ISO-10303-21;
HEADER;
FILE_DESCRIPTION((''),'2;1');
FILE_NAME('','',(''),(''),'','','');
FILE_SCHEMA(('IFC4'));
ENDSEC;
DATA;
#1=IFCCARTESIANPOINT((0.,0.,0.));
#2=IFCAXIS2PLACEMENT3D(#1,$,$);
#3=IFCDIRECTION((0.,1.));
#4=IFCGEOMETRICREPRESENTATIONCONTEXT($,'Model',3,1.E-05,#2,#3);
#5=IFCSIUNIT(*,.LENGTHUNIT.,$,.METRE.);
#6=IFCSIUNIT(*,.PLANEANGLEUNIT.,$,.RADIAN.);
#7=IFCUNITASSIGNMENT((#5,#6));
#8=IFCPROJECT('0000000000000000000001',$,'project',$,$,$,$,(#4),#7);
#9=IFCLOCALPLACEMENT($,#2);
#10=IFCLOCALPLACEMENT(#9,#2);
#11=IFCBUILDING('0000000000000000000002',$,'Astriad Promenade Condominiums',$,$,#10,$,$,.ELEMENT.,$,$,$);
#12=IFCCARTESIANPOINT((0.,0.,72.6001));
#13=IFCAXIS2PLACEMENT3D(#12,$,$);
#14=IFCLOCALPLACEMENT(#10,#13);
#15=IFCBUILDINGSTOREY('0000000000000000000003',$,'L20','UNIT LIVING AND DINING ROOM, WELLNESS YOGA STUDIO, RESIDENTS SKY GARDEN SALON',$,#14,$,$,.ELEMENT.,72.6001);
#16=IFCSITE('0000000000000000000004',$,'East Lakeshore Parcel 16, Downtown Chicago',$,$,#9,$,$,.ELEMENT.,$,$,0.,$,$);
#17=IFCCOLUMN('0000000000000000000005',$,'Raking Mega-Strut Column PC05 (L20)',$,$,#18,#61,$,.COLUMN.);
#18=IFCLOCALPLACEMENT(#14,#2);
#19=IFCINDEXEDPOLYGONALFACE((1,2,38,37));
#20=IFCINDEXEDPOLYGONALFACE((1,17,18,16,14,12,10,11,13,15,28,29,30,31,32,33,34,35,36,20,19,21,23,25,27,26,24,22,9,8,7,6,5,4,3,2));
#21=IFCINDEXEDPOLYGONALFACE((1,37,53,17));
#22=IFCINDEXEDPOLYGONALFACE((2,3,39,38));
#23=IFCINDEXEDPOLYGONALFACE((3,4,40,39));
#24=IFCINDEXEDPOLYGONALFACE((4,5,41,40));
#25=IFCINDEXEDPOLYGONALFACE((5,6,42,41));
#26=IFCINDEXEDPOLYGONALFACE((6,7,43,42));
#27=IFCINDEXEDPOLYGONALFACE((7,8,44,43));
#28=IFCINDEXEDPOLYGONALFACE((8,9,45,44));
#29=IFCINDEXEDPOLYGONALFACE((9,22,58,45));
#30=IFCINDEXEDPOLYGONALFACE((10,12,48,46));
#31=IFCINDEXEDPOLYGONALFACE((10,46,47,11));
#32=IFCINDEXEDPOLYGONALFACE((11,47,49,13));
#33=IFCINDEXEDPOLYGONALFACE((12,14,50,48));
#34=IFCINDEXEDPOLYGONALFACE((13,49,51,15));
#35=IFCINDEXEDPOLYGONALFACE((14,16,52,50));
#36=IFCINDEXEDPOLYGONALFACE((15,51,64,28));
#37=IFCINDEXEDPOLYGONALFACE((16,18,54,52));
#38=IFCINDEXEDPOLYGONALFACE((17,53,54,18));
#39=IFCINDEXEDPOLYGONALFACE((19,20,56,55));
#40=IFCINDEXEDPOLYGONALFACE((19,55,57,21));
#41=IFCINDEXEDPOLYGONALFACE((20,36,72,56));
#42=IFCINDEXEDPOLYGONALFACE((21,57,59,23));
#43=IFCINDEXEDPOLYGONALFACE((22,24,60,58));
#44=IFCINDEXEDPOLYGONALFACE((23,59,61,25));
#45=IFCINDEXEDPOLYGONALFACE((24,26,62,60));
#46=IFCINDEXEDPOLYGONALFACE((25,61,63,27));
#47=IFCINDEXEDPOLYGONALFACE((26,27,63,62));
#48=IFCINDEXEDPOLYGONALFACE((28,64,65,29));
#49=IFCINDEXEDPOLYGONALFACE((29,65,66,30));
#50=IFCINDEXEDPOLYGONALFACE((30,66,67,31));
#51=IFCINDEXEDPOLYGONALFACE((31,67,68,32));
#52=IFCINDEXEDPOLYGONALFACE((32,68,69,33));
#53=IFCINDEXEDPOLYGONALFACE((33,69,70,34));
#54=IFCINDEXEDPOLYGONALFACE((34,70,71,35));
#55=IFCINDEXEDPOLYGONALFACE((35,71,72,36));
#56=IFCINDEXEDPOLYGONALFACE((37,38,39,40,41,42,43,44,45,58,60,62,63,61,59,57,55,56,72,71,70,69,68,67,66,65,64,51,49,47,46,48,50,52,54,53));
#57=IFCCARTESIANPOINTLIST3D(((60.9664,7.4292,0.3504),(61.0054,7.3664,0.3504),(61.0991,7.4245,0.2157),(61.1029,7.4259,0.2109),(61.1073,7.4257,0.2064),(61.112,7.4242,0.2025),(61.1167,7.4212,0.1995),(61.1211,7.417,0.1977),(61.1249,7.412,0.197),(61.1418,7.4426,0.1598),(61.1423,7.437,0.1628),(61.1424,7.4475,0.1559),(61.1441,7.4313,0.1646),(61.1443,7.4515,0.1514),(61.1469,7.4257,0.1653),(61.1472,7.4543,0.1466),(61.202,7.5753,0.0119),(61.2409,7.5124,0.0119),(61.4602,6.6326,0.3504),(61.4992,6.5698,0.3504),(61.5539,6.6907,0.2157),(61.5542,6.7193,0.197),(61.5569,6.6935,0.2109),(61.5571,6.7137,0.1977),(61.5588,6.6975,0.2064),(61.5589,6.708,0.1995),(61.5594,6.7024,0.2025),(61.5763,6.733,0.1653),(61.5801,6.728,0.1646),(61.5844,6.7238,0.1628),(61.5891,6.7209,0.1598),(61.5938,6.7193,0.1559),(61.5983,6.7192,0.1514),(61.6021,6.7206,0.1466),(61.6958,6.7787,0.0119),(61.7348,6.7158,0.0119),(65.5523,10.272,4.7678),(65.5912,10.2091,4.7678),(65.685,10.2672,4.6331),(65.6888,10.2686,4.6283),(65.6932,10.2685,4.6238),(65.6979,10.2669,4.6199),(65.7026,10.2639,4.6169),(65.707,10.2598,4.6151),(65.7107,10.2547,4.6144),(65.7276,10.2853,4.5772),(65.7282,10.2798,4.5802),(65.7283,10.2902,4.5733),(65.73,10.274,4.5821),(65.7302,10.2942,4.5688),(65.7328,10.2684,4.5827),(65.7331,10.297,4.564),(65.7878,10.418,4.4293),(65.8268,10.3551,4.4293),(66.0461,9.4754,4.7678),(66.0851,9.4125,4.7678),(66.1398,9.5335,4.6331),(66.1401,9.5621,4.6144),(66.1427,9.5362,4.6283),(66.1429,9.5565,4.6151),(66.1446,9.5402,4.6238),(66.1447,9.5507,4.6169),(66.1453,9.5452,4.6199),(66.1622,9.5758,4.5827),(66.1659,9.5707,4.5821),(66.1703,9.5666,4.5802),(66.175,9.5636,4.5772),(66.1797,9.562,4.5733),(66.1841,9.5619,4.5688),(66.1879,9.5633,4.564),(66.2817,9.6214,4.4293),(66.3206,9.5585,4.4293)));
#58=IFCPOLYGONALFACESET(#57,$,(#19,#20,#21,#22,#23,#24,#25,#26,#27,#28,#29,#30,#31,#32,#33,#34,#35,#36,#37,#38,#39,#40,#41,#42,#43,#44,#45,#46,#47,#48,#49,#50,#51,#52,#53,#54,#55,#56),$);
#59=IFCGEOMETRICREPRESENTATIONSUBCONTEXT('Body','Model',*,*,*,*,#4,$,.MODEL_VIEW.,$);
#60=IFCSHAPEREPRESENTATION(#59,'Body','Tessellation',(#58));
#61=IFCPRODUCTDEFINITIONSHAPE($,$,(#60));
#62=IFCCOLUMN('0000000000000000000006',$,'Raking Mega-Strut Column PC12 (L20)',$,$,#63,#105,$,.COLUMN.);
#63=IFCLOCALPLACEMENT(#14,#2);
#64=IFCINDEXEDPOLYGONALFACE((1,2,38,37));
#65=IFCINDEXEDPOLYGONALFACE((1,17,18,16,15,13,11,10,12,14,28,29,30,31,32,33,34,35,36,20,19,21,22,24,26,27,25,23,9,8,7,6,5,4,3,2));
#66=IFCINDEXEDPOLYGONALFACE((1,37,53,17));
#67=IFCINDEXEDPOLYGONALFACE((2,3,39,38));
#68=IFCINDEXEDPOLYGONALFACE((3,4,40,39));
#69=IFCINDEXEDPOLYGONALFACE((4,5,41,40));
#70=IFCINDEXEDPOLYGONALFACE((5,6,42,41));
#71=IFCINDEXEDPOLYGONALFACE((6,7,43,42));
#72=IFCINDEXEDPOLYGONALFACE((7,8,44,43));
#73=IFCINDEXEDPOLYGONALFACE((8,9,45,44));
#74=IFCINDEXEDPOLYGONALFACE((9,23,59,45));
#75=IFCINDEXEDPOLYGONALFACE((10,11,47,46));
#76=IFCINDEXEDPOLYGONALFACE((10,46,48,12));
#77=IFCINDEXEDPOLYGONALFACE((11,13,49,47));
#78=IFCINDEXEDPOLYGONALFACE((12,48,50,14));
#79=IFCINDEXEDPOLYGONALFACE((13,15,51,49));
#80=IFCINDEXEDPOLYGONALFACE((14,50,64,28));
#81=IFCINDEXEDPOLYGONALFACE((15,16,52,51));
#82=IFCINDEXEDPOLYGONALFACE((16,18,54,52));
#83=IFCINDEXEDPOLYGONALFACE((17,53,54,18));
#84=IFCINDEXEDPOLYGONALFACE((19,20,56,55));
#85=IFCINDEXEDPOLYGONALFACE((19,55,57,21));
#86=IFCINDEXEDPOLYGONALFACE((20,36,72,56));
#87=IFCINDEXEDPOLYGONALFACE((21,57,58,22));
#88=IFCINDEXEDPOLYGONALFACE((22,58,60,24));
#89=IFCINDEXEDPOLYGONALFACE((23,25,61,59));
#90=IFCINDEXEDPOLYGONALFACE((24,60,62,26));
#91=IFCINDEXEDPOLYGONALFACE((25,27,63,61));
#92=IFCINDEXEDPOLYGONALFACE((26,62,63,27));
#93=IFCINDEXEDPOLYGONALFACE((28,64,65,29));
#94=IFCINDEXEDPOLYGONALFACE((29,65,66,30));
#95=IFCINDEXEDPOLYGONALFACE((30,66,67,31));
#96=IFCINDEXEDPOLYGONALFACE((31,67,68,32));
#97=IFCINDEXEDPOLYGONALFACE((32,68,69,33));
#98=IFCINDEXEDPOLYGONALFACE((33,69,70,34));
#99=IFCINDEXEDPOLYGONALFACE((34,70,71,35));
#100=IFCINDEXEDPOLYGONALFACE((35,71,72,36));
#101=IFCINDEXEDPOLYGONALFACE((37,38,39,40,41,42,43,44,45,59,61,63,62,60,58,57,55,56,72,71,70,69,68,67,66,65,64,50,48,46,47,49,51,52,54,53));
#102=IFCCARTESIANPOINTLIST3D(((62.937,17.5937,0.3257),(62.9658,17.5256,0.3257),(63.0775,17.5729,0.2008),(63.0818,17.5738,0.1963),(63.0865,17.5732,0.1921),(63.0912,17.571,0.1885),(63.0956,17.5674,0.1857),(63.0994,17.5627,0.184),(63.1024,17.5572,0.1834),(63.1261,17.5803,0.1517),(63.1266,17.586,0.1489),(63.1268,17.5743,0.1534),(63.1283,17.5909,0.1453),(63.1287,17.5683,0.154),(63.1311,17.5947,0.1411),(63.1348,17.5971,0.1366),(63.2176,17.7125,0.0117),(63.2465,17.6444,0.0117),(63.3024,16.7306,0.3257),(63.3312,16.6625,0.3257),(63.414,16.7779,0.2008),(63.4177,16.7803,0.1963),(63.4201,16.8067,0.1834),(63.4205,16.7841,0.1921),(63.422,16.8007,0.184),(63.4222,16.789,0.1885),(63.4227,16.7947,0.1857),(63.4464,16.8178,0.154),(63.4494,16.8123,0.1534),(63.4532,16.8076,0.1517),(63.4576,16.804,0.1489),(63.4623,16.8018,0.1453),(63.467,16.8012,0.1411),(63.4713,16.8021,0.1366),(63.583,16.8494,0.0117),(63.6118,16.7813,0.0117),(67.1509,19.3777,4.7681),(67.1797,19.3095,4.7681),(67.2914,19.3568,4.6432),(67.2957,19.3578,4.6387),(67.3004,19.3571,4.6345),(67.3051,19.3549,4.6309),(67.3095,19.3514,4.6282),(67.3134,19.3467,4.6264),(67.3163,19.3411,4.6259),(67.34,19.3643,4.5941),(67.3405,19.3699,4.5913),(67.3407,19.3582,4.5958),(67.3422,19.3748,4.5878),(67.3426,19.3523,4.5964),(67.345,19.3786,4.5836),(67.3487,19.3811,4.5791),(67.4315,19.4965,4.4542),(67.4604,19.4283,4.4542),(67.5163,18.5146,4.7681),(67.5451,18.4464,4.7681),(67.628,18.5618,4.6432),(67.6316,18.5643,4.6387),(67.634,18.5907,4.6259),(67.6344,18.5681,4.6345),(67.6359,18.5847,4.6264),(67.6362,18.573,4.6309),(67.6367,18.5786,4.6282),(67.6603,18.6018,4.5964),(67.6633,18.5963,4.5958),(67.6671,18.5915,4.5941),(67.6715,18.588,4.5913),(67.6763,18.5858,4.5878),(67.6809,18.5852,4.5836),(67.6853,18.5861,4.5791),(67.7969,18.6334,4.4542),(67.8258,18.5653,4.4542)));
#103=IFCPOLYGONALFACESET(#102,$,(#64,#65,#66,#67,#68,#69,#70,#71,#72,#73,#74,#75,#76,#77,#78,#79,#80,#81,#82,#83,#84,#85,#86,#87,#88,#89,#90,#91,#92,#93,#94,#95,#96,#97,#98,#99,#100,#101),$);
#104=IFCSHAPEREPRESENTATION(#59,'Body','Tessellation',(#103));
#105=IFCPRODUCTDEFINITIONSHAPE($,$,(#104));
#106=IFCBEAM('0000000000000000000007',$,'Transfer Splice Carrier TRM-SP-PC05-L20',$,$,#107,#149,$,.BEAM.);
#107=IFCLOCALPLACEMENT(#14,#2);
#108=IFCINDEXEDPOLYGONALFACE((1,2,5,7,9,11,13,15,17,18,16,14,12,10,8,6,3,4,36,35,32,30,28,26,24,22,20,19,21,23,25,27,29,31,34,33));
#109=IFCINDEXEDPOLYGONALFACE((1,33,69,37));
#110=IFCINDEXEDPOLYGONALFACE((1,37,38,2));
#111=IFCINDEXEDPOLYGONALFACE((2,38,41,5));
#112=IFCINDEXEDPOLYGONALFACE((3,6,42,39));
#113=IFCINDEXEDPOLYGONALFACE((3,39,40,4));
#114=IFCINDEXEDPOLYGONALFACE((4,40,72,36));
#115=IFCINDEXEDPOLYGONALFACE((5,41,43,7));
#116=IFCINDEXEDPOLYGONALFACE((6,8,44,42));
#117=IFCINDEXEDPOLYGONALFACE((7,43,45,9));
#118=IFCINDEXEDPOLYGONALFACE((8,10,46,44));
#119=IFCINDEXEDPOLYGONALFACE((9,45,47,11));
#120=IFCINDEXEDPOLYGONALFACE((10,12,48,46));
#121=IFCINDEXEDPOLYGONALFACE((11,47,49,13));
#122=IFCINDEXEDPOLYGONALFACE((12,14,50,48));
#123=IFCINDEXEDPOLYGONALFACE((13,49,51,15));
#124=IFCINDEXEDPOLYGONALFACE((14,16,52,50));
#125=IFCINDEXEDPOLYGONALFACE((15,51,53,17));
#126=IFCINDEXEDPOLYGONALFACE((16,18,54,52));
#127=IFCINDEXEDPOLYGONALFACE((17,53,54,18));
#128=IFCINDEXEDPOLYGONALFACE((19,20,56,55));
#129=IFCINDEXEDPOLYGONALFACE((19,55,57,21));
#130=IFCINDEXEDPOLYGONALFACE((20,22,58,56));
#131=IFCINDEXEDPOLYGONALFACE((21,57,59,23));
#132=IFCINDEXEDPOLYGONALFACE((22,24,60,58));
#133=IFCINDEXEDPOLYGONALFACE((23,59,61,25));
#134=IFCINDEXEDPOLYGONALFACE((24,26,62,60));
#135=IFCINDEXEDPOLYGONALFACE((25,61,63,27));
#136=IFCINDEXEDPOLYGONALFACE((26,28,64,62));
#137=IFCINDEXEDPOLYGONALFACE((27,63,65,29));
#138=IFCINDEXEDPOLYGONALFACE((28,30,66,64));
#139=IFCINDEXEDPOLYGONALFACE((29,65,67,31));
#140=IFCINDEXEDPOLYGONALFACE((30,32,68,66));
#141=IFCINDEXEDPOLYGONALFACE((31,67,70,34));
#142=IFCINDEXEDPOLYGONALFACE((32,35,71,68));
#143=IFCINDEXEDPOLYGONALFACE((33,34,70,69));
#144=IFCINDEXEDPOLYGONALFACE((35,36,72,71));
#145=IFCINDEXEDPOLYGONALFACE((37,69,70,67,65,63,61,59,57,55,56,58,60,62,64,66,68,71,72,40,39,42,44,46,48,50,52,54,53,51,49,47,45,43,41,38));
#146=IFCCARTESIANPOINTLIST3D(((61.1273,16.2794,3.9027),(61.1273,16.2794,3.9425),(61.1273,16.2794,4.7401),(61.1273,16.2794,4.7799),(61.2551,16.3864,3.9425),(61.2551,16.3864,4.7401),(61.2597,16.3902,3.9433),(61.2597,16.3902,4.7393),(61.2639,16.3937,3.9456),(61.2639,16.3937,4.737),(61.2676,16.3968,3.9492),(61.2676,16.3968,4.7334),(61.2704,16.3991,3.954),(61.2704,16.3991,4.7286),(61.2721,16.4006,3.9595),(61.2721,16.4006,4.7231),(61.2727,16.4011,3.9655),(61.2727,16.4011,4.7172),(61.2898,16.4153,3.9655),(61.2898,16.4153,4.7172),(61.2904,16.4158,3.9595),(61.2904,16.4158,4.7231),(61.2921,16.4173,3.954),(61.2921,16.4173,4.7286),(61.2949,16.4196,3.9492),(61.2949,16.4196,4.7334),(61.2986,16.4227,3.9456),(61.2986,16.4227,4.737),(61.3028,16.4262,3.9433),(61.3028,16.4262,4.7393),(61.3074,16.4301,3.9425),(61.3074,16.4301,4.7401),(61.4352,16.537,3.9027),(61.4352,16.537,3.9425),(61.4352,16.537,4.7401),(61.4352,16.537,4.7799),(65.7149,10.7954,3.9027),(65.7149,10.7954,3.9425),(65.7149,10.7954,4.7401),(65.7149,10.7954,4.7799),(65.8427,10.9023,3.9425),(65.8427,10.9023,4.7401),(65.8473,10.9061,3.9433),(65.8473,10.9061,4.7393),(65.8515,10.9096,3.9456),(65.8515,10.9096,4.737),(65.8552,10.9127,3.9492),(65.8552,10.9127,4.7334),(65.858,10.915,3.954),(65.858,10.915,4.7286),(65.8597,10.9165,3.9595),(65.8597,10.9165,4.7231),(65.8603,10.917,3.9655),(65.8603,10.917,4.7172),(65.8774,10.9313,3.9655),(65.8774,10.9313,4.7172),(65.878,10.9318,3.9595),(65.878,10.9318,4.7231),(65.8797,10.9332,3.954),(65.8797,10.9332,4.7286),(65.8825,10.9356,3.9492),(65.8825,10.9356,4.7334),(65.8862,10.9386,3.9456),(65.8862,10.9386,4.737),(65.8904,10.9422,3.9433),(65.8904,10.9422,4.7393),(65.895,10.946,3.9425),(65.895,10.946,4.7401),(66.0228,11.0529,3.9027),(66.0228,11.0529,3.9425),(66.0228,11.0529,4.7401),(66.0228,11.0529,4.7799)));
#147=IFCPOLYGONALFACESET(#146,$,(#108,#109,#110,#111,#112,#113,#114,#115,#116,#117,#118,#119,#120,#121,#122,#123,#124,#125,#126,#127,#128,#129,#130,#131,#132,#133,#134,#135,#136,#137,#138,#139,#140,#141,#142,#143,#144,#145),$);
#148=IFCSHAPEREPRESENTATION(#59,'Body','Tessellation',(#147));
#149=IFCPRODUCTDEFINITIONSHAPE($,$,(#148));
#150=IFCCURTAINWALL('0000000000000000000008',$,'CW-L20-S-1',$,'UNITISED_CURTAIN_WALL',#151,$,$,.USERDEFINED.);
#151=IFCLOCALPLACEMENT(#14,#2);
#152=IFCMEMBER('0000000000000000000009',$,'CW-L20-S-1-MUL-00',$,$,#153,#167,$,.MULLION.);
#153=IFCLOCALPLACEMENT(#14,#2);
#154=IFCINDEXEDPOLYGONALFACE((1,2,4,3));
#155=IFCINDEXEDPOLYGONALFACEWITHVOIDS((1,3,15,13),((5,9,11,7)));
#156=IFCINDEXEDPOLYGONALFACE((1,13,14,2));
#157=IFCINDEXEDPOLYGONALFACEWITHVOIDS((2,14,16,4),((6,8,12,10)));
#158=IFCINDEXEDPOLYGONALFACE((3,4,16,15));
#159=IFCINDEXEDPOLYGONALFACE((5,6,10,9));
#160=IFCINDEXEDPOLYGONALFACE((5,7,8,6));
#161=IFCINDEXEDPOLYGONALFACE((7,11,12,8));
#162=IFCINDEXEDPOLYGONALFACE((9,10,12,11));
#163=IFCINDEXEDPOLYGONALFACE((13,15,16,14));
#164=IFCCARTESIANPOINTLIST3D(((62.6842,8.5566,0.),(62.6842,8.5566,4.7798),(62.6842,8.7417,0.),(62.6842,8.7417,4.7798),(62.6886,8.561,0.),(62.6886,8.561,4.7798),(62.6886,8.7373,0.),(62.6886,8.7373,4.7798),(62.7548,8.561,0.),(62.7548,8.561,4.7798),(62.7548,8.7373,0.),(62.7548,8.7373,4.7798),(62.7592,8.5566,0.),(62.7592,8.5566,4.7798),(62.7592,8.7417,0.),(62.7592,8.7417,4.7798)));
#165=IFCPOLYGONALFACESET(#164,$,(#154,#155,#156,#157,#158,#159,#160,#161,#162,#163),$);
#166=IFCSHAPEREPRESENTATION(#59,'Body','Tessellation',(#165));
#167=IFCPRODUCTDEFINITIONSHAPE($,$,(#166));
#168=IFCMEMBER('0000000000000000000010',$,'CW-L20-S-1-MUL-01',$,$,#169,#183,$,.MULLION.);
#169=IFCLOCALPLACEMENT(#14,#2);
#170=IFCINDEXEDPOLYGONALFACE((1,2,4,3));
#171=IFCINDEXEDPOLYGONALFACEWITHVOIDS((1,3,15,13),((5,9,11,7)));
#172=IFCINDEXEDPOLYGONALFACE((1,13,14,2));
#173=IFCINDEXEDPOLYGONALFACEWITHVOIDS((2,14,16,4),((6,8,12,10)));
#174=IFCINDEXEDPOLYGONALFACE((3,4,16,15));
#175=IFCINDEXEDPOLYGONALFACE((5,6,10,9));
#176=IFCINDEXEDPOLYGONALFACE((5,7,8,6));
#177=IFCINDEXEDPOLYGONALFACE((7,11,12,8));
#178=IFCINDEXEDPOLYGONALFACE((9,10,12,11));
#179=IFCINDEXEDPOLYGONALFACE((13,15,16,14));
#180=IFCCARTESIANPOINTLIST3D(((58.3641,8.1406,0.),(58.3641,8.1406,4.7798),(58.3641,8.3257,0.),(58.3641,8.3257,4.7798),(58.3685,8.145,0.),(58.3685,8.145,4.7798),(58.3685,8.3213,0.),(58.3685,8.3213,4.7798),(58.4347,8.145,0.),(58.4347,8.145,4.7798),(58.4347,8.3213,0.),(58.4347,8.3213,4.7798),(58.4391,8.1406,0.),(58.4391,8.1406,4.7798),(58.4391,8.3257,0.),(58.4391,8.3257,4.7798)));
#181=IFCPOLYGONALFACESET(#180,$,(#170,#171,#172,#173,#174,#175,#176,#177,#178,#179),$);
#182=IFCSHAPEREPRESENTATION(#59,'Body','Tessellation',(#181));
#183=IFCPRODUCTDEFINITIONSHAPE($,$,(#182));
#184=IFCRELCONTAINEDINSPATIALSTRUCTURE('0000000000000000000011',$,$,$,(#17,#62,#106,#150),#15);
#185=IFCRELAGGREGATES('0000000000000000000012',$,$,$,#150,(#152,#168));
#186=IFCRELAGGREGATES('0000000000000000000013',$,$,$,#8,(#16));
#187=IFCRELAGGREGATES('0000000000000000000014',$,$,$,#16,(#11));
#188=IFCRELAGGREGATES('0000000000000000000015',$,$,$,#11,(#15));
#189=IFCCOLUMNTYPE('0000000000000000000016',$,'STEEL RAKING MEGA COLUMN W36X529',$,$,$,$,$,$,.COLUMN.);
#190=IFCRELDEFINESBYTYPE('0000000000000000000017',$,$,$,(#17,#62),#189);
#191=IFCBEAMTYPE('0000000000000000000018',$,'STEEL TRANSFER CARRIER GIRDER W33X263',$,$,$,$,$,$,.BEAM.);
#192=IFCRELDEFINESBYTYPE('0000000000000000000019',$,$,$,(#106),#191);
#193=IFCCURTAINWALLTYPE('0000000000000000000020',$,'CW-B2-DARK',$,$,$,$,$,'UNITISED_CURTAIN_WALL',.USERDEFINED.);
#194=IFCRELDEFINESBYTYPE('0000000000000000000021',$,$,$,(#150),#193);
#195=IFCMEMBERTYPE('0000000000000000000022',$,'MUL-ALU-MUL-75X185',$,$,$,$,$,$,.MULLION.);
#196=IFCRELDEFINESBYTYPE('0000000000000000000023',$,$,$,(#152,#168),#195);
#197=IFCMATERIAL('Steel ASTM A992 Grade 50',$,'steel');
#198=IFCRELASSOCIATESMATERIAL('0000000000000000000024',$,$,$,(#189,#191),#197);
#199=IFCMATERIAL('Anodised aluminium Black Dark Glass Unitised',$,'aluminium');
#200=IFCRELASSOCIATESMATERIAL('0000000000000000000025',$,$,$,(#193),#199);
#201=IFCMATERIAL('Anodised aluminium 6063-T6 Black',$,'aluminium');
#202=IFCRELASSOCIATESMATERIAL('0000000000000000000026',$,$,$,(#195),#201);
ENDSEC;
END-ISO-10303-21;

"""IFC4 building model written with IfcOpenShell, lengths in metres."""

from ifc_helpers import new_model, si_unit, direction, frame, origin, origin_2d, place, context, subcontext, project, spatial, hollow_rectangle, i_section, extrude, source, transform, mapped, material, material_profile, profile_set, type_object, type_shapes, element, aggregate, save


model = new_model("IFC4")

# Units and contexts
model_context = context("Model", 3, precision=1e-05, world=origin(), true_north=direction((0.0, 1.0)))
body_context = subcontext(model_context, "Body", "Model", "MODEL_VIEW")
ifc_project = project(units=[si_unit("LENGTHUNIT", "METRE"), si_unit("PLANEANGLEUNIT", "RADIAN")], contexts=[model_context])

# Site, building, storey
site_placement = place(None, origin())
site = spatial("IfcSite", under=ifc_project, at=site_placement, Name="East Lakeshore Parcel 16, Downtown Chicago", CompositionType="ELEMENT", RefElevation=0.0)
building_placement = place(site_placement, origin())
building = spatial("IfcBuilding", under=site, at=building_placement, Name="Astriad Promenade Condominiums", CompositionType="ELEMENT")
storey_placement = place(building_placement, frame((0.0, 0.0, 72.6001)))
storey = spatial("IfcBuildingStorey", under=building, at=storey_placement, Name="L20", Description="UNIT LIVING AND DINING ROOM, WELLNESS YOGA STUDIO, RESIDENTS SKY GARDEN SALON", CompositionType="ELEMENT", Elevation=72.6001)

# Columns
ifc_material_1 = material(Name="Steel ASTM A992 Grade 50", Category="steel")
ifc_material_profile_1 = material_profile(ifc_material_1, i_section(OverallWidth=0.4375, OverallDepth=1.0112, WebThickness=0.041, FlangeThickness=0.074, FilletRadius=0.0242, at=origin_2d()), Name="W36X529")
ifc_profile_set_1 = profile_set([ifc_material_profile_1], Name="Steel ASTM A992 Grade 50")
column_type = type_object("IfcColumnType", Name="STEEL RAKING MEGA COLUMN W36X529", PredefinedType="COLUMN", material=ifc_profile_set_1)
shared_shape_1 = source(origin(), body_context, "Body", "SweptSolid", [
    extrude(i_section(OverallWidth=0.4375, OverallDepth=1.0112, WebThickness=0.041, FlangeThickness=0.074, FilletRadius=0.0242, at=origin_2d()), origin(), (0.0, 0.0, 1.0), 6.9731),
])
column_1_placement = place(storey_placement, frame((61.3506, 7.0725, 0.1812), z_axis=(0.657646, 0.407668, 0.633489), x_axis=(-0.538431, -0.333767, 0.773752)))
element("IfcColumn", 1, at=column_1_placement, inside=storey, type_object=column_type, Name="Raking Mega-Strut Column PC05 (L20)", PredefinedType="COLUMN", context=body_context, shape_type="MappedRepresentation", body=[
    mapped(shared_shape_1, transform((0.0, 0.0, 0.0), scale=1.0)),
])
shared_shape_2 = source(origin(), body_context, "Body", "SweptSolid", [
    extrude(i_section(OverallWidth=0.4375, OverallDepth=1.0112, WebThickness=0.041, FlangeThickness=0.074, FilletRadius=0.0242, at=origin_2d()), origin(), (0.0, 0.0, 1.0), 6.3777),
])
type_shapes(column_type, [shared_shape_1, shared_shape_2])
column_2_placement = place(storey_placement, frame((63.2744, 17.1875, 0.1687), z_axis=(0.660729, 0.279719, 0.69656), x_axis=(-0.641446, -0.271555, 0.717499)))
element("IfcColumn", 2, at=column_2_placement, inside=storey, type_object=column_type, Name="Raking Mega-Strut Column PC12 (L20)", PredefinedType="COLUMN", context=body_context, shape_type="MappedRepresentation", body=[
    mapped(shared_shape_2, transform((0.0, 0.0, 0.0), scale=1.0)),
])

# Beam
ifc_material_profile_2 = material_profile(ifc_material_1, i_section(OverallWidth=0.4014, OverallDepth=0.8772, WebThickness=0.0222, FlangeThickness=0.0398, FilletRadius=0.0229, at=origin_2d()), Name="W33X263")
ifc_profile_set_2 = profile_set([ifc_material_profile_2], Name="Steel ASTM A992 Grade 50")
beam_type = type_object("IfcBeamType", Name="STEEL TRANSFER CARRIER GIRDER W33X263", PredefinedType="BEAM", material=ifc_profile_set_2)
shared_shape_3 = source(origin(), body_context, "Body", "SweptSolid", [
    extrude(i_section(OverallWidth=0.4014, OverallDepth=0.8772, WebThickness=0.0222, FlangeThickness=0.0398, FilletRadius=0.0229, at=origin_2d()), origin(), (0.0, 0.0, 1.0), 7.1499),
])
type_shapes(beam_type, [shared_shape_3])
beam_placement = place(storey_placement, frame((61.2812, 16.4082, 4.3413), z_axis=(0.641631, -0.767014, 0.0), x_axis=(0.767014, 0.641631, 0.0)))
element("IfcBeam", 3, at=beam_placement, inside=storey, type_object=beam_type, Name="Transfer Splice Carrier TRM-SP-PC05-L20", PredefinedType="BEAM", context=body_context, shape_type="MappedRepresentation", body=[
    mapped(shared_shape_3, transform((0.0, 0.0, 0.0), scale=1.0)),
])

# Curtain wall, members
ifc_material_2 = material(Name="Anodised aluminium Black Dark Glass Unitised", Category="aluminium")
curtain_wall_type = type_object("IfcCurtainWallType", Name="CW-B2-DARK", ElementType="UNITISED_CURTAIN_WALL", PredefinedType="USERDEFINED", material=ifc_material_2)
curtain_wall_placement = place(storey_placement, origin())
curtain_wall = element("IfcCurtainWall", 4, at=curtain_wall_placement, inside=storey, type_object=curtain_wall_type, Name="CW-L20-S-1", ObjectType="UNITISED_CURTAIN_WALL", PredefinedType="USERDEFINED")
ifc_material_3 = material(Name="Anodised aluminium 6063-T6 Black", Category="aluminium")
ifc_material_profile_3 = material_profile(ifc_material_3, hollow_rectangle(XDim=0.075, YDim=0.1851, WallThickness=0.0044, at=origin_2d()), Name="ALU-MUL-75X185")
ifc_profile_set_3 = profile_set([ifc_material_profile_3], Name="Anodised aluminium 6063-T6 Black")
member_type_1 = type_object("IfcMemberType", Name="MUL-ALU-MUL-75X185", PredefinedType="MULLION", material=ifc_profile_set_3)
shared_shape_4 = source(origin(), body_context, "Body", "SweptSolid", [
    extrude(hollow_rectangle(XDim=0.075, YDim=0.1851, WallThickness=0.0044, at=origin_2d()), origin(), (0.0, 0.0, 1.0), 4.7798),
])
type_shapes(member_type_1, [shared_shape_4])
member_1_placement = place(storey_placement, frame((62.7217, 8.6492, 0.0), z_axis=(0.0, 0.0, 1.0), x_axis=(1.0, 0.0, 0.0)))
member_1 = element("IfcMember", 5, at=member_1_placement, type_object=member_type_1, Name="CW-L20-S-1-MUL-00", PredefinedType="MULLION", context=body_context, shape_type="MappedRepresentation", body=[
    mapped(shared_shape_4, transform((0.0, 0.0, 0.0), scale=1.0)),
])
member_2_placement = place(storey_placement, frame((58.4016, 8.2332, 0.0), z_axis=(0.0, 0.0, 1.0), x_axis=(1.0, 0.0, 0.0)))
member_2 = element("IfcMember", 6, at=member_2_placement, type_object=member_type_1, Name="CW-L20-S-1-MUL-01", PredefinedType="MULLION", context=body_context, shape_type="MappedRepresentation", body=[
    mapped(shared_shape_4, transform((0.0, 0.0, 0.0), scale=1.0)),
])

aggregate(curtain_wall, [member_1, member_2])

save(model, "model.ifc")
